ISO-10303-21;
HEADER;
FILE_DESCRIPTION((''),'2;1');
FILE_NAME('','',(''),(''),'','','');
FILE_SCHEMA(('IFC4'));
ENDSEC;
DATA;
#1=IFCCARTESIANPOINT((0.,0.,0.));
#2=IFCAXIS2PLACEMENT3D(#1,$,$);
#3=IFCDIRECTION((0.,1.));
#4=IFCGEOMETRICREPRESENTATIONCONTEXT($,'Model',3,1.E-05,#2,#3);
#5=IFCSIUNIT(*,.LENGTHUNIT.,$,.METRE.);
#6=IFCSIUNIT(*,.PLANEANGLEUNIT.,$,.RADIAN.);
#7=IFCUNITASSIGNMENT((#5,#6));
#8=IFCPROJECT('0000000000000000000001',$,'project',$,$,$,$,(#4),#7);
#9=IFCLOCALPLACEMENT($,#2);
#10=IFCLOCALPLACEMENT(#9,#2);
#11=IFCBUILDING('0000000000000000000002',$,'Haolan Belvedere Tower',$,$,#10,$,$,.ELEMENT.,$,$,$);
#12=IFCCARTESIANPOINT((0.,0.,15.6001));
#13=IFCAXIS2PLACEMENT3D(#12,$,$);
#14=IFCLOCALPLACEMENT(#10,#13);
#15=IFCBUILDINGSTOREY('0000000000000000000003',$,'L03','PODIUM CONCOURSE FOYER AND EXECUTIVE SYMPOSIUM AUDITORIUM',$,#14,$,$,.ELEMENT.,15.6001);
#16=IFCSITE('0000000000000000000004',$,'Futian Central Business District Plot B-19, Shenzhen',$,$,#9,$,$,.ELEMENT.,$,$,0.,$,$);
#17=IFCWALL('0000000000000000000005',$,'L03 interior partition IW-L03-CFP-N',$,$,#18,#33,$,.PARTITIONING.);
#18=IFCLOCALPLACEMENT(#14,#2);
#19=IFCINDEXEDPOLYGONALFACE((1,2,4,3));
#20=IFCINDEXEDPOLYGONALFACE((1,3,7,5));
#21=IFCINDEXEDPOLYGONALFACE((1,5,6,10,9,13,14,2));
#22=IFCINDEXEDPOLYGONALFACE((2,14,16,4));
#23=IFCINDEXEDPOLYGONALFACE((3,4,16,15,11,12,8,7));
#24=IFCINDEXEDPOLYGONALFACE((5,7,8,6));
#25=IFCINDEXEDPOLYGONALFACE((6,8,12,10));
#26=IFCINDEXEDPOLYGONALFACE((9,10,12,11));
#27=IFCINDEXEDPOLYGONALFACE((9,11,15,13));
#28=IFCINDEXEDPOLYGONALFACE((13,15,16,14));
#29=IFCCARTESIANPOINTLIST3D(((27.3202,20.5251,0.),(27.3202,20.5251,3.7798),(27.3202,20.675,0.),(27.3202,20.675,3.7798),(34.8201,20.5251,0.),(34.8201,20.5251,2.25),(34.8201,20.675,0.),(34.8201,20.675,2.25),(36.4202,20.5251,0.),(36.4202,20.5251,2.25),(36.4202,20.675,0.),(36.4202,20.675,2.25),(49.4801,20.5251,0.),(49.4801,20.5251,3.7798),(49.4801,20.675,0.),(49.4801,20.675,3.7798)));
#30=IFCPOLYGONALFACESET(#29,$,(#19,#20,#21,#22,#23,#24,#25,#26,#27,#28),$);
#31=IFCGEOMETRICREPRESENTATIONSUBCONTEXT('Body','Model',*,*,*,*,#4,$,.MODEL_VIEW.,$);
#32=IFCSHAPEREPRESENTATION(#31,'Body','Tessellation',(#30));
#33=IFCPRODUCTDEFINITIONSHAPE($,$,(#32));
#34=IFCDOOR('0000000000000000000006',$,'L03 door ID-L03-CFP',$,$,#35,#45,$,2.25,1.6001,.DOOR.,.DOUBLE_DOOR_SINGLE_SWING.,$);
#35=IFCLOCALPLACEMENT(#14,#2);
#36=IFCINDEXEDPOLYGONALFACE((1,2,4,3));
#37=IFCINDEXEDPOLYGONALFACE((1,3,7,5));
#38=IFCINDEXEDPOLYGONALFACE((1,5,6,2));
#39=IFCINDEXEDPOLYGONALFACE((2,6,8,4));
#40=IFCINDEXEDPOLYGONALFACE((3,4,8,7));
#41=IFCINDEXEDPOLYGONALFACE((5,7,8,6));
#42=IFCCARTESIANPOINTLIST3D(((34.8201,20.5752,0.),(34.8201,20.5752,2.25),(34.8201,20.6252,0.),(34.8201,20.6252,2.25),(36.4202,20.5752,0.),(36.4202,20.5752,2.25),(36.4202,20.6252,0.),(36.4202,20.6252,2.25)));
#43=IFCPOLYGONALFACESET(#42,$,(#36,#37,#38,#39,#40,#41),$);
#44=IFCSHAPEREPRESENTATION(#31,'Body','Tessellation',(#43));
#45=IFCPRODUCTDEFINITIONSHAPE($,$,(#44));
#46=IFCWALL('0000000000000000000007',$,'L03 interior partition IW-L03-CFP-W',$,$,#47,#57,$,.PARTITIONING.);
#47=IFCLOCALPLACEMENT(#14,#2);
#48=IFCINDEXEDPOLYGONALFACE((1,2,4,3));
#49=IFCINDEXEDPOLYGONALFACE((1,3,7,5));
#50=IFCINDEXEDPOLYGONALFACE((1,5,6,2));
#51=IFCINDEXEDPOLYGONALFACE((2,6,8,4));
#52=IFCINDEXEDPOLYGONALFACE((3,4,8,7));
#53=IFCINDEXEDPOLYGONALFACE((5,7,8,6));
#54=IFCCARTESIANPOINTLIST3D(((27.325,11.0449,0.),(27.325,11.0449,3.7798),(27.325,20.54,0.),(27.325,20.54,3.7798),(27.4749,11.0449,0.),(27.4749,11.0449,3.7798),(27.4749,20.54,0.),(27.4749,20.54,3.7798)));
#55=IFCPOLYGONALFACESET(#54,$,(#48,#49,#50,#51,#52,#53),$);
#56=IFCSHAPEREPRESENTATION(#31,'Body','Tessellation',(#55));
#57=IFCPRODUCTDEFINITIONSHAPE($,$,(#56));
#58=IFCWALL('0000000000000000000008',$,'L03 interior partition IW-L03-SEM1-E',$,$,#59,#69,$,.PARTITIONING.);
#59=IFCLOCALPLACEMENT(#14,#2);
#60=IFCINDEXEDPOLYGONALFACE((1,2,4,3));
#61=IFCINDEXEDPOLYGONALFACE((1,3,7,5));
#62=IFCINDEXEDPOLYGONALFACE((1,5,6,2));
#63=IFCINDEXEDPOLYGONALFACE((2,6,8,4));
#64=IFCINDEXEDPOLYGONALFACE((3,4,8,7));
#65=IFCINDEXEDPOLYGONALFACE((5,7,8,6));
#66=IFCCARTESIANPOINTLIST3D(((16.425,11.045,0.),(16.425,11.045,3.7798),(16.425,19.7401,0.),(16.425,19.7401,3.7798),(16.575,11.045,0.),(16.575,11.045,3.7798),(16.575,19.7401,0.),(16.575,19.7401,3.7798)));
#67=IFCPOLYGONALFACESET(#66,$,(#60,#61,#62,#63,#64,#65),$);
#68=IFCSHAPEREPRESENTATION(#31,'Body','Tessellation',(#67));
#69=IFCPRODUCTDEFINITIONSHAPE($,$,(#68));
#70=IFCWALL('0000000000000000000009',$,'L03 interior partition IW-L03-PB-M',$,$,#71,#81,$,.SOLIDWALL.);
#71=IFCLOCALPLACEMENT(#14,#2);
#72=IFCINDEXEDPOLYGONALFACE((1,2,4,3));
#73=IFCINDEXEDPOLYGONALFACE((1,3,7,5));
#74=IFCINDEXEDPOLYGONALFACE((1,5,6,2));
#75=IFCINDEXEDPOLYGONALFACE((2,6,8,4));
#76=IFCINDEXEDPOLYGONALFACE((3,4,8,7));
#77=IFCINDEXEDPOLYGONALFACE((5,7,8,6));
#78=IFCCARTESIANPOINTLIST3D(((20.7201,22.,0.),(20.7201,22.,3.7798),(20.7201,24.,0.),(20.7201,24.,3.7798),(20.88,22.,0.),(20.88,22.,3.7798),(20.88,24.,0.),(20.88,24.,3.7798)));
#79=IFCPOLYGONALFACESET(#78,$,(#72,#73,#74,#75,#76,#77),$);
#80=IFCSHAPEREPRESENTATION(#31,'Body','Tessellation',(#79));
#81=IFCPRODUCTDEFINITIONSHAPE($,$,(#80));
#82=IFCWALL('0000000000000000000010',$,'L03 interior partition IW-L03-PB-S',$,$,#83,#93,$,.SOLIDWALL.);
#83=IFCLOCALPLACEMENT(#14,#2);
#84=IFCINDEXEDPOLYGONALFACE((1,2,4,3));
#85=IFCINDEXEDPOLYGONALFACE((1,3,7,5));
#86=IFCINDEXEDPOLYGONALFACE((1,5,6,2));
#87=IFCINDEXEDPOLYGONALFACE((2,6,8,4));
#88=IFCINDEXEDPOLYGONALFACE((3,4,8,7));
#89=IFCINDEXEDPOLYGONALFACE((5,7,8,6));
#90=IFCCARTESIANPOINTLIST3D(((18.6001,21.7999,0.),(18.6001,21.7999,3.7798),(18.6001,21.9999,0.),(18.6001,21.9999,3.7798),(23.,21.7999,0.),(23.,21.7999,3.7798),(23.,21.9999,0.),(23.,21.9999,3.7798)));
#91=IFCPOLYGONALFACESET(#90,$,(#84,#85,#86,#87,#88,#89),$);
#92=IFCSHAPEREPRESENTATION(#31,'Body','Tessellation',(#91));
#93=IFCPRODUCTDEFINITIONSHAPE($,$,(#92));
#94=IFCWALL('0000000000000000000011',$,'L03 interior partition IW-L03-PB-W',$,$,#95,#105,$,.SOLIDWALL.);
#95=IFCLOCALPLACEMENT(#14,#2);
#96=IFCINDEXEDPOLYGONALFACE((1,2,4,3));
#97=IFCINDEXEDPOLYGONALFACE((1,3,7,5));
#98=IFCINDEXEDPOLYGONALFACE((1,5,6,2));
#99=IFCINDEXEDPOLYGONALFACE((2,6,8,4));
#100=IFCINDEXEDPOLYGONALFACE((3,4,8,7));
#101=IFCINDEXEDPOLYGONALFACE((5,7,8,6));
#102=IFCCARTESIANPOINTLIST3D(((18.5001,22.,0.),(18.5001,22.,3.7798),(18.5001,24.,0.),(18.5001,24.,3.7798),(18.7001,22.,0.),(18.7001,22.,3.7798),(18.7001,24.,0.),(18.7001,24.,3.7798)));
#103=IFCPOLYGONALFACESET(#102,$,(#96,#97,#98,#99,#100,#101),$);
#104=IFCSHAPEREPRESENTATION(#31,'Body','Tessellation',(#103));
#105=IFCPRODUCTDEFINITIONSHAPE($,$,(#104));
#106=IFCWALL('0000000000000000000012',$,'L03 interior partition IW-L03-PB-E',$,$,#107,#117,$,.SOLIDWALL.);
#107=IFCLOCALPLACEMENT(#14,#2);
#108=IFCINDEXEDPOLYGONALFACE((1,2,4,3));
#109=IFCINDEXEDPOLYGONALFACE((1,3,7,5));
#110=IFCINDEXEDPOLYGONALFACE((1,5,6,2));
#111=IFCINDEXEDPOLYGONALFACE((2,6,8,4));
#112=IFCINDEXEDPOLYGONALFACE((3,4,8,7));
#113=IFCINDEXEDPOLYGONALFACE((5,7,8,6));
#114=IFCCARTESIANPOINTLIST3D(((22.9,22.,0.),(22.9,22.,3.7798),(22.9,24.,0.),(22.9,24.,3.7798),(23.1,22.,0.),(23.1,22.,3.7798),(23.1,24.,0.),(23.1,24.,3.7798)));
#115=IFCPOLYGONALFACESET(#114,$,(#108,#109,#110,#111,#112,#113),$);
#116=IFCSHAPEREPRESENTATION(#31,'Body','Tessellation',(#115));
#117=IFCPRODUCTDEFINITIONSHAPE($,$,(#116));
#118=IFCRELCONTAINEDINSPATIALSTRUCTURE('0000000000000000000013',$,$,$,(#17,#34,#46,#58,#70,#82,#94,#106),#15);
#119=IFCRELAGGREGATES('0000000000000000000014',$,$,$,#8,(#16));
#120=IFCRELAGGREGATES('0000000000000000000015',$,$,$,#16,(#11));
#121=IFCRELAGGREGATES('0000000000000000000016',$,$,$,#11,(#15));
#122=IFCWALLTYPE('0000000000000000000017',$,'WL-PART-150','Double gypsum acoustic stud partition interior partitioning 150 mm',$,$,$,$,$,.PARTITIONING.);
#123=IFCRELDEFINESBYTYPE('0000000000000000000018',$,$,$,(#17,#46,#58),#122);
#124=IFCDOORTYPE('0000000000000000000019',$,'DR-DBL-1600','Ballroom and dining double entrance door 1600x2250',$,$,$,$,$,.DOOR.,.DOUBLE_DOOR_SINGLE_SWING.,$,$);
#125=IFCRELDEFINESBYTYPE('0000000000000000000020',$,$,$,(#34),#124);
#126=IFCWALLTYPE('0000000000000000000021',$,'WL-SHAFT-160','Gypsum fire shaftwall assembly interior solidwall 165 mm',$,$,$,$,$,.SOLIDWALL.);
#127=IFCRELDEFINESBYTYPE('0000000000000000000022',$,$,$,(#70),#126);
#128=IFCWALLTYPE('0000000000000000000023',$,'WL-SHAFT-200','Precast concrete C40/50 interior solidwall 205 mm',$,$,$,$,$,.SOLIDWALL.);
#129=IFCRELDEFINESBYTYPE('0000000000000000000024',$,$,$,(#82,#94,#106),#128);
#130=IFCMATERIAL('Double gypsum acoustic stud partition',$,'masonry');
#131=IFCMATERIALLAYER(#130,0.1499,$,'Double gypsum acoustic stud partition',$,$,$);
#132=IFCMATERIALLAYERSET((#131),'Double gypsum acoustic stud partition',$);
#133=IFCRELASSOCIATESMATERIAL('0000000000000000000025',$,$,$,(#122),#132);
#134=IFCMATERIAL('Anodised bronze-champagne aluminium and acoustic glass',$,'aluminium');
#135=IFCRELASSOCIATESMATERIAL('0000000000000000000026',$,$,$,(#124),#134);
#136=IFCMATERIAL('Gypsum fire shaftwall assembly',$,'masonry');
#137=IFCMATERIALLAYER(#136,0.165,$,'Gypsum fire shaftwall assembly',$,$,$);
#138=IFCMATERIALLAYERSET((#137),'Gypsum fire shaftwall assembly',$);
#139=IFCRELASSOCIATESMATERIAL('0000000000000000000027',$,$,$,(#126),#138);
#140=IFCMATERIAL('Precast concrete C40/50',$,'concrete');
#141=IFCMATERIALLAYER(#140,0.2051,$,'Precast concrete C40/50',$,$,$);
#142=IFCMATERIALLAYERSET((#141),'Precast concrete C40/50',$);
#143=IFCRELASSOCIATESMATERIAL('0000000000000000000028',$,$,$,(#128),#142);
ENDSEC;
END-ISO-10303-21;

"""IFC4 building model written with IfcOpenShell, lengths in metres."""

from ifc_helpers import new_model, si_unit, direction, frame, frame_2d, origin, place, context, subcontext, project, spatial, rectangle, extrude, material, layer, layer_set, type_object, element, fill, save


model = new_model("IFC4")

# Units and contexts
model_context = context("Model", 3, precision=1e-05, world=origin(), true_north=direction((0.0, 1.0)))
body_context = subcontext(model_context, "Body", "Model", "MODEL_VIEW")
ifc_project = project(units=[si_unit("LENGTHUNIT", "METRE"), si_unit("PLANEANGLEUNIT", "RADIAN")], contexts=[model_context])

# Site, building, storey
site_placement = place(None, origin())
site = spatial("IfcSite", under=ifc_project, at=site_placement, Name="Futian Central Business District Plot B-19, Shenzhen", CompositionType="ELEMENT", RefElevation=0.0)
building_placement = place(site_placement, origin())
building = spatial("IfcBuilding", under=site, at=building_placement, Name="Haolan Belvedere Tower", CompositionType="ELEMENT")
storey_placement = place(building_placement, frame((0.0, 0.0, 15.6001)))
storey = spatial("IfcBuildingStorey", under=building, at=storey_placement, Name="L03", Description="PODIUM CONCOURSE FOYER AND EXECUTIVE SYMPOSIUM AUDITORIUM", CompositionType="ELEMENT", Elevation=15.6001)

# Shared definitions
ifc_material_1 = material(Name="Precast concrete C40/50", Category="concrete")

# Wall, opening, door
ifc_material_2 = material(Name="Double gypsum acoustic stud partition", Category="masonry")
ifc_layer_1 = layer(ifc_material_2, 0.1499, Name="Double gypsum acoustic stud partition")
ifc_layer_set_1 = layer_set([ifc_layer_1], Name="Double gypsum acoustic stud partition")
wall_type_1 = type_object("IfcWallType", Name="WL-PART-150", Description="Double gypsum acoustic stud partition interior partitioning 150 mm", PredefinedType="PARTITIONING", material=ifc_layer_set_1)
wall_1_placement = place(storey_placement, frame((27.3201, 20.6001, 0.0), z_axis=(0.0, 0.0, 1.0), x_axis=(1.0, 0.0, 0.0)))
wall_1 = element("IfcWall", 1, at=wall_1_placement, inside=storey, type_object=wall_type_1, Name="L03 interior partition IW-L03-CFP-N", PredefinedType="PARTITIONING", context=body_context, shape_type="SweptSolid", body=[
    extrude(rectangle(XDim=22.1599, YDim=0.1499, at=frame_2d((11.0801, 0.0))), origin(), (0.0, 0.0, 1.0), 3.7798),
])
opening_placement = place(wall_1_placement, frame((9.1001, 0.0, 0.0), z_axis=(0.0, 0.0, 1.0), x_axis=(-1.0, 0.0, 0.0)))
opening = element("IfcOpeningElement", 2, at=opening_placement, cuts=wall_1, PredefinedType="OPENING", context=body_context, shape_type="SweptSolid", body=[
    extrude(rectangle(XDim=1.6001, YDim=2.25, at=frame_2d((0.8, 1.125))), frame((0.0, 0.085, 0.0), z_axis=(0.0, -1.0, 0.0), x_axis=(1.0, 0.0, 0.0)), (0.0, 0.0, 1.0), 0.1699),
])
ifc_material_3 = material(Name="Anodised bronze-champagne aluminium and acoustic glass", Category="aluminium")
door_type = type_object("IfcDoorType", Name="DR-DBL-1600", Description="Ballroom and dining double entrance door 1600x2250", OperationType="DOUBLE_DOOR_SINGLE_SWING", PredefinedType="DOOR", material=ifc_material_3)
door_placement = place(opening_placement, origin())
door = element("IfcDoor", 3, at=door_placement, inside=storey, type_object=door_type, Name="L03 door ID-L03-CFP", OperationType="DOUBLE_DOOR_SINGLE_SWING", OverallHeight=2.25, OverallWidth=1.6001, PredefinedType="DOOR", context=body_context, shape_type="SweptSolid", body=[
    extrude(rectangle(XDim=1.6001, YDim=2.25, at=frame_2d((0.8, 1.125))), frame((0.0, 0.0249, 0.0), z_axis=(0.0, -1.0, 0.0), x_axis=(1.0, 0.0, 0.0)), (0.0, 0.0, 1.0), 0.05),
])
fill(opening, door)

# Walls
wall_2_placement = place(storey_placement, frame((27.3999, 11.0449, 0.0), z_axis=(0.0, 0.0, 1.0), x_axis=(0.0, 1.0, 0.0)))
element("IfcWall", 4, at=wall_2_placement, inside=storey, type_object=wall_type_1, Name="L03 interior partition IW-L03-CFP-W", PredefinedType="PARTITIONING", context=body_context, shape_type="SweptSolid", body=[
    extrude(rectangle(XDim=9.4951, YDim=0.1499, at=frame_2d((4.7476, 0.0))), origin(), (0.0, 0.0, 1.0), 3.7798),
])
wall_3_placement = place(storey_placement, frame((16.5, 11.0449, 0.0), z_axis=(0.0, 0.0, 1.0), x_axis=(0.0, 1.0, 0.0)))
element("IfcWall", 5, at=wall_3_placement, inside=storey, type_object=wall_type_1, Name="L03 interior partition IW-L03-SEM1-E", PredefinedType="PARTITIONING", context=body_context, shape_type="SweptSolid", body=[
    extrude(rectangle(XDim=8.6951, YDim=0.1499, at=frame_2d((4.3477, 0.0))), origin(), (0.0, 0.0, 1.0), 3.7798),
])
ifc_material_4 = material(Name="Gypsum fire shaftwall assembly", Category="masonry")
ifc_layer_2 = layer(ifc_material_4, 0.165, Name="Gypsum fire shaftwall assembly")
ifc_layer_set_2 = layer_set([ifc_layer_2], Name="Gypsum fire shaftwall assembly")
wall_type_2 = type_object("IfcWallType", Name="WL-SHAFT-160", Description="Gypsum fire shaftwall assembly interior solidwall 165 mm", PredefinedType="SOLIDWALL", material=ifc_layer_set_2)
wall_4_placement = place(storey_placement, frame((20.8, 22.0, 0.0), z_axis=(0.0, 0.0, 1.0), x_axis=(0.0, 1.0, 0.0)))
element("IfcWall", 6, at=wall_4_placement, inside=storey, type_object=wall_type_2, Name="L03 interior partition IW-L03-PB-M", PredefinedType="SOLIDWALL", context=body_context, shape_type="SweptSolid", body=[
    extrude(rectangle(XDim=2.0, YDim=0.1599, at=frame_2d((1.0, 0.0))), origin(), (0.0, 0.0, 1.0), 3.7798),
])
ifc_layer_3 = layer(ifc_material_1, 0.2051, Name="Precast concrete C40/50")
ifc_layer_set_3 = layer_set([ifc_layer_3], Name="Precast concrete C40/50")
wall_type_3 = type_object("IfcWallType", Name="WL-SHAFT-200", Description="Precast concrete C40/50 interior solidwall 205 mm", PredefinedType="SOLIDWALL", material=ifc_layer_set_3)
wall_5_placement = place(storey_placement, frame((18.6001, 21.8999, 0.0), z_axis=(0.0, 0.0, 1.0), x_axis=(1.0, 0.0, 0.0)))
element("IfcWall", 7, at=wall_5_placement, inside=storey, type_object=wall_type_3, Name="L03 interior partition IW-L03-PB-S", PredefinedType="SOLIDWALL", context=body_context, shape_type="SweptSolid", body=[
    extrude(rectangle(XDim=4.3999, YDim=0.2, at=frame_2d((2.2, 0.0))), origin(), (0.0, 0.0, 1.0), 3.7798),
])
for number, where, z_axis, x_axis, name in (
    (8, (18.6001, 22.0, 0.0), (0.0, 0.0, 1.0), (0.0, 1.0, 0.0), "L03 interior partition IW-L03-PB-W"),
    (9, (23.0, 22.0, 0.0), (0.0, 0.0, 1.0), (0.0, 1.0, 0.0), "L03 interior partition IW-L03-PB-E"),
):
    element("IfcWall", number, at=place(storey_placement, frame(where, z_axis=z_axis, x_axis=x_axis)), inside=storey, type_object=wall_type_3, Name=name, PredefinedType="SOLIDWALL", context=body_context, shape_type="SweptSolid", body=[
        extrude(rectangle(XDim=2.0, YDim=0.2, at=frame_2d((1.0, 0.0))), origin(), (0.0, 0.0, 1.0), 3.7798),
    ])

save(model, "model.ifc")
